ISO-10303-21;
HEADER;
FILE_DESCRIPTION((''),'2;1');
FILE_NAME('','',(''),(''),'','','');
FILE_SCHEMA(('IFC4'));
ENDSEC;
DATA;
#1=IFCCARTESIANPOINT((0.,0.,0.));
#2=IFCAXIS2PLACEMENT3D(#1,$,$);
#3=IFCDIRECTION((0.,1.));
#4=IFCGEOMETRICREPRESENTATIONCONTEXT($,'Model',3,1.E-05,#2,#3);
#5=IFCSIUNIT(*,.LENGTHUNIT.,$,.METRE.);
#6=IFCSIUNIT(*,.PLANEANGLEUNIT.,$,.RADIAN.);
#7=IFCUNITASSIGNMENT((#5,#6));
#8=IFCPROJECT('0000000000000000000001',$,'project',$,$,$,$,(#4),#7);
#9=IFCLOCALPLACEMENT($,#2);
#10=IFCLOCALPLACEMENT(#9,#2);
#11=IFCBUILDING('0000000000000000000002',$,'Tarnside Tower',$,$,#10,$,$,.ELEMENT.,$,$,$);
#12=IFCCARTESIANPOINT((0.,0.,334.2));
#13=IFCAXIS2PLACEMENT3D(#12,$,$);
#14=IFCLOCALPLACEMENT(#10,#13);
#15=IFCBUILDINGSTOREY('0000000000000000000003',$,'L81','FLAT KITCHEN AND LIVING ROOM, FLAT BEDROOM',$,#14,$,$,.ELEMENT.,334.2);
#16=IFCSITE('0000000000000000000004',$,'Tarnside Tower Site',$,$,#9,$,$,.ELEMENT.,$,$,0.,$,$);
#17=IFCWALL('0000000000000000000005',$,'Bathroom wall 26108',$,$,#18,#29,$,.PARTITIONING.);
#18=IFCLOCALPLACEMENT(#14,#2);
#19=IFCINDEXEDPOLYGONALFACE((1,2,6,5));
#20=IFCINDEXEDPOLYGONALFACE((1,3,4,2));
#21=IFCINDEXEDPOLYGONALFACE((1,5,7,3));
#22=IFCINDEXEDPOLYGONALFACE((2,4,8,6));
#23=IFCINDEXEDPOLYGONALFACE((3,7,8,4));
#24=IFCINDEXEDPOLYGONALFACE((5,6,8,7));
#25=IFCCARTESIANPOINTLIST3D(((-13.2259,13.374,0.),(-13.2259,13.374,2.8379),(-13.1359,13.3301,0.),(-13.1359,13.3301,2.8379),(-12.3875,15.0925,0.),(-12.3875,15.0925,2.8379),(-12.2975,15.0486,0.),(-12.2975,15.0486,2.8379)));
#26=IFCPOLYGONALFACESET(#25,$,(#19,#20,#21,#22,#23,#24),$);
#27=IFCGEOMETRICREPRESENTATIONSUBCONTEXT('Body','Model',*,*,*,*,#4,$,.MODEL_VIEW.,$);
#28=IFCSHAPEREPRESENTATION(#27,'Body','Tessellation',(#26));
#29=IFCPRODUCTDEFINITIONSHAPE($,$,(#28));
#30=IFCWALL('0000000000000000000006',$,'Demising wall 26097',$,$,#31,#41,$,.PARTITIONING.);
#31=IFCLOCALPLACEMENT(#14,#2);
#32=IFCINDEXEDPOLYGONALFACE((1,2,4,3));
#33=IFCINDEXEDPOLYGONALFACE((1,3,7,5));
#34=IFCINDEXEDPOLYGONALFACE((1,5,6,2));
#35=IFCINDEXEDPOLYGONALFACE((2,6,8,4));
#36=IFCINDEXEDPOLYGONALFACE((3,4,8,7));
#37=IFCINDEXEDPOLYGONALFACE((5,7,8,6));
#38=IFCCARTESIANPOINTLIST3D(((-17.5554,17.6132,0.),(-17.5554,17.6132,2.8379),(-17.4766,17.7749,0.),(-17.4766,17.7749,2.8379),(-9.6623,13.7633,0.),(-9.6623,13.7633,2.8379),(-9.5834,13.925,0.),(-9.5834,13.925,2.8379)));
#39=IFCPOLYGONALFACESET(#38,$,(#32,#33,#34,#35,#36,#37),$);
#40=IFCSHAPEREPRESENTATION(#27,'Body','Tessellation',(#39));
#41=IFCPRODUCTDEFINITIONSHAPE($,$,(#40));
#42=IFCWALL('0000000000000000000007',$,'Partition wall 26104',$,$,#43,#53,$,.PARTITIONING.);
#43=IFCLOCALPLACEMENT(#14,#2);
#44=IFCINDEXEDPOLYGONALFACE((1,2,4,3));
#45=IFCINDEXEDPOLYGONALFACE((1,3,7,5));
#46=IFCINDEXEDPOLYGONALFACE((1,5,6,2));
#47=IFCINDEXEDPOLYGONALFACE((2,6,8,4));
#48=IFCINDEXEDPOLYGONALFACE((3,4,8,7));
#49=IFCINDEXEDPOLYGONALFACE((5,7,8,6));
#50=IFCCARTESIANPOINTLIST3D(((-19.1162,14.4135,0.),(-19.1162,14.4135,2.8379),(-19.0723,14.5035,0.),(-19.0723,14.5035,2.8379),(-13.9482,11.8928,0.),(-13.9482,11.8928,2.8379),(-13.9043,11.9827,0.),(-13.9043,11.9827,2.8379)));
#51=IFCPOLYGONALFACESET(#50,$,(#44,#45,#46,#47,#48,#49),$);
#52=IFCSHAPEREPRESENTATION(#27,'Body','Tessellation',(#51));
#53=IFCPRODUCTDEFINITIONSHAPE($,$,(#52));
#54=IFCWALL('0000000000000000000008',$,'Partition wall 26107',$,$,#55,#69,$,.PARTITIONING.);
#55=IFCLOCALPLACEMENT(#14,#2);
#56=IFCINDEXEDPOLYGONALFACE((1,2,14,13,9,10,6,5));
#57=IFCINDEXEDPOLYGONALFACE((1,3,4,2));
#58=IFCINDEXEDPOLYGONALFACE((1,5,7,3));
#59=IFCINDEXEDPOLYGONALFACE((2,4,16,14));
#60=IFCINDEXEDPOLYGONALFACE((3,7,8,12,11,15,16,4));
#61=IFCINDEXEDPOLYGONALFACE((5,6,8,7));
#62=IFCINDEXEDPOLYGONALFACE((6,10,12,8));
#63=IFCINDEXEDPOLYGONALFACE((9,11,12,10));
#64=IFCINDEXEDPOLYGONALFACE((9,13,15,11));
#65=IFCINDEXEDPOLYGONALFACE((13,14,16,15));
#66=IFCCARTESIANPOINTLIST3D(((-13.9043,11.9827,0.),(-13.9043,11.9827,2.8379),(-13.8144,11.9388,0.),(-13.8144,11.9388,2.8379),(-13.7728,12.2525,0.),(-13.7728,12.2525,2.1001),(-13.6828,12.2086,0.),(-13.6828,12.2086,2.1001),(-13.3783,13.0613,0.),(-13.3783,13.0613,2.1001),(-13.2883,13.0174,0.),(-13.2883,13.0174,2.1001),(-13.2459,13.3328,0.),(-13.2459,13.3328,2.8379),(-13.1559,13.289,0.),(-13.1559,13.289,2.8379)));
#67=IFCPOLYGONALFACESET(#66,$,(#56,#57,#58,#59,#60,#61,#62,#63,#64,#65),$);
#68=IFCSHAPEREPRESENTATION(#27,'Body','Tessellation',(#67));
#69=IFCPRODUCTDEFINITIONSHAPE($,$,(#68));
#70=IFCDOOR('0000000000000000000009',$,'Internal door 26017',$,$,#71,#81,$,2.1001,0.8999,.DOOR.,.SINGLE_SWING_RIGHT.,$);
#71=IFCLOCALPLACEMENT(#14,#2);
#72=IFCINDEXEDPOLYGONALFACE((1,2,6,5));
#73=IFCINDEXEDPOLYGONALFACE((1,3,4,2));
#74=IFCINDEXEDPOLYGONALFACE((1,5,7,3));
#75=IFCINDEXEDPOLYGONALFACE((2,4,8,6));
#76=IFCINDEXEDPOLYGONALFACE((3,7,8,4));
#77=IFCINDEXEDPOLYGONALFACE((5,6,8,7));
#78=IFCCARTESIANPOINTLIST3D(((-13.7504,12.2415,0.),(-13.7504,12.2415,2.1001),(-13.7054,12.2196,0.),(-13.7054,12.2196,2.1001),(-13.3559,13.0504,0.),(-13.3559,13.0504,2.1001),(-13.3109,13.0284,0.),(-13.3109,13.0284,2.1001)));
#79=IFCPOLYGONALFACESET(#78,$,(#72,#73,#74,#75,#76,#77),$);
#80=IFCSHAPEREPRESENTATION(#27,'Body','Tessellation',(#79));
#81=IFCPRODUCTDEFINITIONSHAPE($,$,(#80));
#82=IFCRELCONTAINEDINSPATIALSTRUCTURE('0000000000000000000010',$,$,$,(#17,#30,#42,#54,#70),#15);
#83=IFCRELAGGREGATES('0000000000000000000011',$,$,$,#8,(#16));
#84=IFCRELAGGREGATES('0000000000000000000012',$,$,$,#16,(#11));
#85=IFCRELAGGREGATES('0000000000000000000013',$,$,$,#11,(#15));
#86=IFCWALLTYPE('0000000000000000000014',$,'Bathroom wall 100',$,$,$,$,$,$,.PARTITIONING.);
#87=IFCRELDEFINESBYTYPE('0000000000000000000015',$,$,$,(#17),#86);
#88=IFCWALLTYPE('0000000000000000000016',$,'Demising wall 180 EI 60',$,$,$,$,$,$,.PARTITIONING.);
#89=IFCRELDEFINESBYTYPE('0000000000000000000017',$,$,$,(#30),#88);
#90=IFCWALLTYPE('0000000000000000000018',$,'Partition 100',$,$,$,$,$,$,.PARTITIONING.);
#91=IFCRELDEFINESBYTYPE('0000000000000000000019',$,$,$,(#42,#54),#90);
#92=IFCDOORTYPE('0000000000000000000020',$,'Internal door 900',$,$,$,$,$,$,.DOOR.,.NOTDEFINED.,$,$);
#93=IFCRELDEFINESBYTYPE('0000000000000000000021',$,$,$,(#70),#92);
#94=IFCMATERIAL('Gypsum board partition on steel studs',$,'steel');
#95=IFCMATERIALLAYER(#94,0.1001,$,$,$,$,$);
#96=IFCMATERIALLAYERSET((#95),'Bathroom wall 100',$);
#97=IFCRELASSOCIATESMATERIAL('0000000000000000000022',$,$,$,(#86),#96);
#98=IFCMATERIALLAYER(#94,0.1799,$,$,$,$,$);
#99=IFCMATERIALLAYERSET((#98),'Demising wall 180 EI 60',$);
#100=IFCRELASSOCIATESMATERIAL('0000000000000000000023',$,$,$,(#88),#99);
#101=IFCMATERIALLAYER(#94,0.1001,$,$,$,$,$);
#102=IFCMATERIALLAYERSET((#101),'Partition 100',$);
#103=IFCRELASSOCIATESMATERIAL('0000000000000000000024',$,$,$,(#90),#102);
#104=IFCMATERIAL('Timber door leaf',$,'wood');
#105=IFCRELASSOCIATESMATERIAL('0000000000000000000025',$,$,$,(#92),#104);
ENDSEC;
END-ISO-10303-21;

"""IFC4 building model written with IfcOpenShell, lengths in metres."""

from ifc_helpers import new_model, si_unit, direction, frame, frame_2d, origin, place, context, subcontext, project, spatial, rectangle, extrude, material, layer, layer_set, type_object, element, fill, save


model = new_model("IFC4")

# Units and contexts
model_context = context("Model", 3, precision=1e-05, world=origin(), true_north=direction((0.0, 1.0)))
body_context = subcontext(model_context, "Body", "Model", "MODEL_VIEW")
ifc_project = project(units=[si_unit("LENGTHUNIT", "METRE"), si_unit("PLANEANGLEUNIT", "RADIAN")], contexts=[model_context])

# Site, building, storey
site_placement = place(None, origin())
site = spatial("IfcSite", under=ifc_project, at=site_placement, Name="Tarnside Tower Site", CompositionType="ELEMENT", RefElevation=0.0)
building_placement = place(site_placement, origin())
building = spatial("IfcBuilding", under=site, at=building_placement, Name="Tarnside Tower", CompositionType="ELEMENT")
storey_placement = place(building_placement, frame((0.0, 0.0, 334.2)))
storey = spatial("IfcBuildingStorey", under=building, at=storey_placement, Name="L81", Description="FLAT KITCHEN AND LIVING ROOM, FLAT BEDROOM", CompositionType="ELEMENT", Elevation=334.2)

# Walls
ifc_material_1 = material(Name="Gypsum board partition on steel studs", Category="steel")
ifc_layer_1 = layer(ifc_material_1, 0.1001)
ifc_layer_set_1 = layer_set([ifc_layer_1], Name="Bathroom wall 100")
wall_type_1 = type_object("IfcWallType", Name="Bathroom wall 100", PredefinedType="PARTITIONING", material=ifc_layer_set_1)
wall_1_placement = place(storey_placement, frame((-12.3425, 15.0706, 0.0), z_axis=(0.0, 0.0, 1.0), x_axis=(-0.438459, -0.898751, 0.0)))
element("IfcWall", 1, at=wall_1_placement, inside=storey, type_object=wall_type_1, Name="Bathroom wall 26108", PredefinedType="PARTITIONING", context=body_context, shape_type="SweptSolid", body=[
    extrude(rectangle(XDim=1.9121, YDim=0.1001, at=frame_2d((0.9561, 0.0))), origin(), (0.0, 0.0, 1.0), 2.8379),
])
ifc_layer_2 = layer(ifc_material_1, 0.1799)
ifc_layer_set_2 = layer_set([ifc_layer_2], Name="Demising wall 180 EI 60")
wall_type_2 = type_object("IfcWallType", Name="Demising wall 180 EI 60", PredefinedType="PARTITIONING", material=ifc_layer_set_2)
wall_2_placement = place(storey_placement, frame((-17.5161, 17.6941, 0.0), z_axis=(0.0, 0.0, 1.0), x_axis=(0.898787, -0.438385, 0.0)))
element("IfcWall", 2, at=wall_2_placement, inside=storey, type_object=wall_type_2, Name="Demising wall 26097", PredefinedType="PARTITIONING", context=body_context, shape_type="SweptSolid", body=[
    extrude(rectangle(XDim=8.782, YDim=0.1799, at=frame_2d((4.3911, 0.0))), origin(), (0.0, 0.0, 1.0), 2.8379),
])
ifc_layer_3 = layer(ifc_material_1, 0.1001)
ifc_layer_set_3 = layer_set([ifc_layer_3], Name="Partition 100")
wall_type_3 = type_object("IfcWallType", Name="Partition 100", PredefinedType="PARTITIONING", material=ifc_layer_set_3)
wall_3_placement = place(storey_placement, frame((-13.9263, 11.9377, 0.0), z_axis=(0.0, 0.0, 1.0), x_axis=(-0.898783, 0.438394, 0.0)))
element("IfcWall", 3, at=wall_3_placement, inside=storey, type_object=wall_type_3, Name="Partition wall 26104", PredefinedType="PARTITIONING", context=body_context, shape_type="SweptSolid", body=[
    extrude(rectangle(XDim=5.75, YDim=0.1001, at=frame_2d((2.875, 0.0))), origin(), (0.0, 0.0, 1.0), 2.8379),
])

# Wall, opening, door
wall_4_placement = place(storey_placement, frame((-13.2009, 13.3108, 0.0), z_axis=(0.0, 0.0, 1.0), x_axis=(-0.43835, -0.898804, 0.0)))
wall_4 = element("IfcWall", 4, at=wall_4_placement, inside=storey, type_object=wall_type_3, Name="Partition wall 26107", PredefinedType="PARTITIONING", context=body_context, shape_type="SweptSolid", body=[
    extrude(rectangle(XDim=1.5022, YDim=0.1001, at=frame_2d((0.751, 0.0))), origin(), (0.0, 0.0, 1.0), 2.8379),
])
opening_placement = place(wall_4_placement, frame((0.302, 0.0, 0.0)))
opening = element("IfcOpeningElement", 5, at=opening_placement, cuts=wall_4, PredefinedType="OPENING", context=body_context, shape_type="SweptSolid", body=[
    extrude(rectangle(XDim=0.8999, YDim=2.1001, at=frame_2d((0.45, 1.05))), frame((0.0, 0.0601, 0.0), z_axis=(0.0, -1.0, 0.0), x_axis=(1.0, 0.0, 0.0)), (0.0, 0.0, 1.0), 0.1201),
])
ifc_material_2 = material(Name="Timber door leaf", Category="wood")
door_type = type_object("IfcDoorType", Name="Internal door 900", OperationType="NOTDEFINED", PredefinedType="DOOR", material=ifc_material_2)
door_placement = place(opening_placement, origin())
door = element("IfcDoor", 6, at=door_placement, inside=storey, type_object=door_type, Name="Internal door 26017", OperationType="SINGLE_SWING_RIGHT", OverallHeight=2.1001, OverallWidth=0.8999, PredefinedType="DOOR", context=body_context, shape_type="SweptSolid", body=[
    extrude(rectangle(XDim=0.8999, YDim=2.1001, at=frame_2d((0.45, 1.05))), frame((0.0, 0.0249, 0.0), z_axis=(0.0, -1.0, 0.0), x_axis=(1.0, 0.0, 0.0)), (0.0, 0.0, 1.0), 0.05),
])
fill(opening, door)

save(model, "model.ifc")
